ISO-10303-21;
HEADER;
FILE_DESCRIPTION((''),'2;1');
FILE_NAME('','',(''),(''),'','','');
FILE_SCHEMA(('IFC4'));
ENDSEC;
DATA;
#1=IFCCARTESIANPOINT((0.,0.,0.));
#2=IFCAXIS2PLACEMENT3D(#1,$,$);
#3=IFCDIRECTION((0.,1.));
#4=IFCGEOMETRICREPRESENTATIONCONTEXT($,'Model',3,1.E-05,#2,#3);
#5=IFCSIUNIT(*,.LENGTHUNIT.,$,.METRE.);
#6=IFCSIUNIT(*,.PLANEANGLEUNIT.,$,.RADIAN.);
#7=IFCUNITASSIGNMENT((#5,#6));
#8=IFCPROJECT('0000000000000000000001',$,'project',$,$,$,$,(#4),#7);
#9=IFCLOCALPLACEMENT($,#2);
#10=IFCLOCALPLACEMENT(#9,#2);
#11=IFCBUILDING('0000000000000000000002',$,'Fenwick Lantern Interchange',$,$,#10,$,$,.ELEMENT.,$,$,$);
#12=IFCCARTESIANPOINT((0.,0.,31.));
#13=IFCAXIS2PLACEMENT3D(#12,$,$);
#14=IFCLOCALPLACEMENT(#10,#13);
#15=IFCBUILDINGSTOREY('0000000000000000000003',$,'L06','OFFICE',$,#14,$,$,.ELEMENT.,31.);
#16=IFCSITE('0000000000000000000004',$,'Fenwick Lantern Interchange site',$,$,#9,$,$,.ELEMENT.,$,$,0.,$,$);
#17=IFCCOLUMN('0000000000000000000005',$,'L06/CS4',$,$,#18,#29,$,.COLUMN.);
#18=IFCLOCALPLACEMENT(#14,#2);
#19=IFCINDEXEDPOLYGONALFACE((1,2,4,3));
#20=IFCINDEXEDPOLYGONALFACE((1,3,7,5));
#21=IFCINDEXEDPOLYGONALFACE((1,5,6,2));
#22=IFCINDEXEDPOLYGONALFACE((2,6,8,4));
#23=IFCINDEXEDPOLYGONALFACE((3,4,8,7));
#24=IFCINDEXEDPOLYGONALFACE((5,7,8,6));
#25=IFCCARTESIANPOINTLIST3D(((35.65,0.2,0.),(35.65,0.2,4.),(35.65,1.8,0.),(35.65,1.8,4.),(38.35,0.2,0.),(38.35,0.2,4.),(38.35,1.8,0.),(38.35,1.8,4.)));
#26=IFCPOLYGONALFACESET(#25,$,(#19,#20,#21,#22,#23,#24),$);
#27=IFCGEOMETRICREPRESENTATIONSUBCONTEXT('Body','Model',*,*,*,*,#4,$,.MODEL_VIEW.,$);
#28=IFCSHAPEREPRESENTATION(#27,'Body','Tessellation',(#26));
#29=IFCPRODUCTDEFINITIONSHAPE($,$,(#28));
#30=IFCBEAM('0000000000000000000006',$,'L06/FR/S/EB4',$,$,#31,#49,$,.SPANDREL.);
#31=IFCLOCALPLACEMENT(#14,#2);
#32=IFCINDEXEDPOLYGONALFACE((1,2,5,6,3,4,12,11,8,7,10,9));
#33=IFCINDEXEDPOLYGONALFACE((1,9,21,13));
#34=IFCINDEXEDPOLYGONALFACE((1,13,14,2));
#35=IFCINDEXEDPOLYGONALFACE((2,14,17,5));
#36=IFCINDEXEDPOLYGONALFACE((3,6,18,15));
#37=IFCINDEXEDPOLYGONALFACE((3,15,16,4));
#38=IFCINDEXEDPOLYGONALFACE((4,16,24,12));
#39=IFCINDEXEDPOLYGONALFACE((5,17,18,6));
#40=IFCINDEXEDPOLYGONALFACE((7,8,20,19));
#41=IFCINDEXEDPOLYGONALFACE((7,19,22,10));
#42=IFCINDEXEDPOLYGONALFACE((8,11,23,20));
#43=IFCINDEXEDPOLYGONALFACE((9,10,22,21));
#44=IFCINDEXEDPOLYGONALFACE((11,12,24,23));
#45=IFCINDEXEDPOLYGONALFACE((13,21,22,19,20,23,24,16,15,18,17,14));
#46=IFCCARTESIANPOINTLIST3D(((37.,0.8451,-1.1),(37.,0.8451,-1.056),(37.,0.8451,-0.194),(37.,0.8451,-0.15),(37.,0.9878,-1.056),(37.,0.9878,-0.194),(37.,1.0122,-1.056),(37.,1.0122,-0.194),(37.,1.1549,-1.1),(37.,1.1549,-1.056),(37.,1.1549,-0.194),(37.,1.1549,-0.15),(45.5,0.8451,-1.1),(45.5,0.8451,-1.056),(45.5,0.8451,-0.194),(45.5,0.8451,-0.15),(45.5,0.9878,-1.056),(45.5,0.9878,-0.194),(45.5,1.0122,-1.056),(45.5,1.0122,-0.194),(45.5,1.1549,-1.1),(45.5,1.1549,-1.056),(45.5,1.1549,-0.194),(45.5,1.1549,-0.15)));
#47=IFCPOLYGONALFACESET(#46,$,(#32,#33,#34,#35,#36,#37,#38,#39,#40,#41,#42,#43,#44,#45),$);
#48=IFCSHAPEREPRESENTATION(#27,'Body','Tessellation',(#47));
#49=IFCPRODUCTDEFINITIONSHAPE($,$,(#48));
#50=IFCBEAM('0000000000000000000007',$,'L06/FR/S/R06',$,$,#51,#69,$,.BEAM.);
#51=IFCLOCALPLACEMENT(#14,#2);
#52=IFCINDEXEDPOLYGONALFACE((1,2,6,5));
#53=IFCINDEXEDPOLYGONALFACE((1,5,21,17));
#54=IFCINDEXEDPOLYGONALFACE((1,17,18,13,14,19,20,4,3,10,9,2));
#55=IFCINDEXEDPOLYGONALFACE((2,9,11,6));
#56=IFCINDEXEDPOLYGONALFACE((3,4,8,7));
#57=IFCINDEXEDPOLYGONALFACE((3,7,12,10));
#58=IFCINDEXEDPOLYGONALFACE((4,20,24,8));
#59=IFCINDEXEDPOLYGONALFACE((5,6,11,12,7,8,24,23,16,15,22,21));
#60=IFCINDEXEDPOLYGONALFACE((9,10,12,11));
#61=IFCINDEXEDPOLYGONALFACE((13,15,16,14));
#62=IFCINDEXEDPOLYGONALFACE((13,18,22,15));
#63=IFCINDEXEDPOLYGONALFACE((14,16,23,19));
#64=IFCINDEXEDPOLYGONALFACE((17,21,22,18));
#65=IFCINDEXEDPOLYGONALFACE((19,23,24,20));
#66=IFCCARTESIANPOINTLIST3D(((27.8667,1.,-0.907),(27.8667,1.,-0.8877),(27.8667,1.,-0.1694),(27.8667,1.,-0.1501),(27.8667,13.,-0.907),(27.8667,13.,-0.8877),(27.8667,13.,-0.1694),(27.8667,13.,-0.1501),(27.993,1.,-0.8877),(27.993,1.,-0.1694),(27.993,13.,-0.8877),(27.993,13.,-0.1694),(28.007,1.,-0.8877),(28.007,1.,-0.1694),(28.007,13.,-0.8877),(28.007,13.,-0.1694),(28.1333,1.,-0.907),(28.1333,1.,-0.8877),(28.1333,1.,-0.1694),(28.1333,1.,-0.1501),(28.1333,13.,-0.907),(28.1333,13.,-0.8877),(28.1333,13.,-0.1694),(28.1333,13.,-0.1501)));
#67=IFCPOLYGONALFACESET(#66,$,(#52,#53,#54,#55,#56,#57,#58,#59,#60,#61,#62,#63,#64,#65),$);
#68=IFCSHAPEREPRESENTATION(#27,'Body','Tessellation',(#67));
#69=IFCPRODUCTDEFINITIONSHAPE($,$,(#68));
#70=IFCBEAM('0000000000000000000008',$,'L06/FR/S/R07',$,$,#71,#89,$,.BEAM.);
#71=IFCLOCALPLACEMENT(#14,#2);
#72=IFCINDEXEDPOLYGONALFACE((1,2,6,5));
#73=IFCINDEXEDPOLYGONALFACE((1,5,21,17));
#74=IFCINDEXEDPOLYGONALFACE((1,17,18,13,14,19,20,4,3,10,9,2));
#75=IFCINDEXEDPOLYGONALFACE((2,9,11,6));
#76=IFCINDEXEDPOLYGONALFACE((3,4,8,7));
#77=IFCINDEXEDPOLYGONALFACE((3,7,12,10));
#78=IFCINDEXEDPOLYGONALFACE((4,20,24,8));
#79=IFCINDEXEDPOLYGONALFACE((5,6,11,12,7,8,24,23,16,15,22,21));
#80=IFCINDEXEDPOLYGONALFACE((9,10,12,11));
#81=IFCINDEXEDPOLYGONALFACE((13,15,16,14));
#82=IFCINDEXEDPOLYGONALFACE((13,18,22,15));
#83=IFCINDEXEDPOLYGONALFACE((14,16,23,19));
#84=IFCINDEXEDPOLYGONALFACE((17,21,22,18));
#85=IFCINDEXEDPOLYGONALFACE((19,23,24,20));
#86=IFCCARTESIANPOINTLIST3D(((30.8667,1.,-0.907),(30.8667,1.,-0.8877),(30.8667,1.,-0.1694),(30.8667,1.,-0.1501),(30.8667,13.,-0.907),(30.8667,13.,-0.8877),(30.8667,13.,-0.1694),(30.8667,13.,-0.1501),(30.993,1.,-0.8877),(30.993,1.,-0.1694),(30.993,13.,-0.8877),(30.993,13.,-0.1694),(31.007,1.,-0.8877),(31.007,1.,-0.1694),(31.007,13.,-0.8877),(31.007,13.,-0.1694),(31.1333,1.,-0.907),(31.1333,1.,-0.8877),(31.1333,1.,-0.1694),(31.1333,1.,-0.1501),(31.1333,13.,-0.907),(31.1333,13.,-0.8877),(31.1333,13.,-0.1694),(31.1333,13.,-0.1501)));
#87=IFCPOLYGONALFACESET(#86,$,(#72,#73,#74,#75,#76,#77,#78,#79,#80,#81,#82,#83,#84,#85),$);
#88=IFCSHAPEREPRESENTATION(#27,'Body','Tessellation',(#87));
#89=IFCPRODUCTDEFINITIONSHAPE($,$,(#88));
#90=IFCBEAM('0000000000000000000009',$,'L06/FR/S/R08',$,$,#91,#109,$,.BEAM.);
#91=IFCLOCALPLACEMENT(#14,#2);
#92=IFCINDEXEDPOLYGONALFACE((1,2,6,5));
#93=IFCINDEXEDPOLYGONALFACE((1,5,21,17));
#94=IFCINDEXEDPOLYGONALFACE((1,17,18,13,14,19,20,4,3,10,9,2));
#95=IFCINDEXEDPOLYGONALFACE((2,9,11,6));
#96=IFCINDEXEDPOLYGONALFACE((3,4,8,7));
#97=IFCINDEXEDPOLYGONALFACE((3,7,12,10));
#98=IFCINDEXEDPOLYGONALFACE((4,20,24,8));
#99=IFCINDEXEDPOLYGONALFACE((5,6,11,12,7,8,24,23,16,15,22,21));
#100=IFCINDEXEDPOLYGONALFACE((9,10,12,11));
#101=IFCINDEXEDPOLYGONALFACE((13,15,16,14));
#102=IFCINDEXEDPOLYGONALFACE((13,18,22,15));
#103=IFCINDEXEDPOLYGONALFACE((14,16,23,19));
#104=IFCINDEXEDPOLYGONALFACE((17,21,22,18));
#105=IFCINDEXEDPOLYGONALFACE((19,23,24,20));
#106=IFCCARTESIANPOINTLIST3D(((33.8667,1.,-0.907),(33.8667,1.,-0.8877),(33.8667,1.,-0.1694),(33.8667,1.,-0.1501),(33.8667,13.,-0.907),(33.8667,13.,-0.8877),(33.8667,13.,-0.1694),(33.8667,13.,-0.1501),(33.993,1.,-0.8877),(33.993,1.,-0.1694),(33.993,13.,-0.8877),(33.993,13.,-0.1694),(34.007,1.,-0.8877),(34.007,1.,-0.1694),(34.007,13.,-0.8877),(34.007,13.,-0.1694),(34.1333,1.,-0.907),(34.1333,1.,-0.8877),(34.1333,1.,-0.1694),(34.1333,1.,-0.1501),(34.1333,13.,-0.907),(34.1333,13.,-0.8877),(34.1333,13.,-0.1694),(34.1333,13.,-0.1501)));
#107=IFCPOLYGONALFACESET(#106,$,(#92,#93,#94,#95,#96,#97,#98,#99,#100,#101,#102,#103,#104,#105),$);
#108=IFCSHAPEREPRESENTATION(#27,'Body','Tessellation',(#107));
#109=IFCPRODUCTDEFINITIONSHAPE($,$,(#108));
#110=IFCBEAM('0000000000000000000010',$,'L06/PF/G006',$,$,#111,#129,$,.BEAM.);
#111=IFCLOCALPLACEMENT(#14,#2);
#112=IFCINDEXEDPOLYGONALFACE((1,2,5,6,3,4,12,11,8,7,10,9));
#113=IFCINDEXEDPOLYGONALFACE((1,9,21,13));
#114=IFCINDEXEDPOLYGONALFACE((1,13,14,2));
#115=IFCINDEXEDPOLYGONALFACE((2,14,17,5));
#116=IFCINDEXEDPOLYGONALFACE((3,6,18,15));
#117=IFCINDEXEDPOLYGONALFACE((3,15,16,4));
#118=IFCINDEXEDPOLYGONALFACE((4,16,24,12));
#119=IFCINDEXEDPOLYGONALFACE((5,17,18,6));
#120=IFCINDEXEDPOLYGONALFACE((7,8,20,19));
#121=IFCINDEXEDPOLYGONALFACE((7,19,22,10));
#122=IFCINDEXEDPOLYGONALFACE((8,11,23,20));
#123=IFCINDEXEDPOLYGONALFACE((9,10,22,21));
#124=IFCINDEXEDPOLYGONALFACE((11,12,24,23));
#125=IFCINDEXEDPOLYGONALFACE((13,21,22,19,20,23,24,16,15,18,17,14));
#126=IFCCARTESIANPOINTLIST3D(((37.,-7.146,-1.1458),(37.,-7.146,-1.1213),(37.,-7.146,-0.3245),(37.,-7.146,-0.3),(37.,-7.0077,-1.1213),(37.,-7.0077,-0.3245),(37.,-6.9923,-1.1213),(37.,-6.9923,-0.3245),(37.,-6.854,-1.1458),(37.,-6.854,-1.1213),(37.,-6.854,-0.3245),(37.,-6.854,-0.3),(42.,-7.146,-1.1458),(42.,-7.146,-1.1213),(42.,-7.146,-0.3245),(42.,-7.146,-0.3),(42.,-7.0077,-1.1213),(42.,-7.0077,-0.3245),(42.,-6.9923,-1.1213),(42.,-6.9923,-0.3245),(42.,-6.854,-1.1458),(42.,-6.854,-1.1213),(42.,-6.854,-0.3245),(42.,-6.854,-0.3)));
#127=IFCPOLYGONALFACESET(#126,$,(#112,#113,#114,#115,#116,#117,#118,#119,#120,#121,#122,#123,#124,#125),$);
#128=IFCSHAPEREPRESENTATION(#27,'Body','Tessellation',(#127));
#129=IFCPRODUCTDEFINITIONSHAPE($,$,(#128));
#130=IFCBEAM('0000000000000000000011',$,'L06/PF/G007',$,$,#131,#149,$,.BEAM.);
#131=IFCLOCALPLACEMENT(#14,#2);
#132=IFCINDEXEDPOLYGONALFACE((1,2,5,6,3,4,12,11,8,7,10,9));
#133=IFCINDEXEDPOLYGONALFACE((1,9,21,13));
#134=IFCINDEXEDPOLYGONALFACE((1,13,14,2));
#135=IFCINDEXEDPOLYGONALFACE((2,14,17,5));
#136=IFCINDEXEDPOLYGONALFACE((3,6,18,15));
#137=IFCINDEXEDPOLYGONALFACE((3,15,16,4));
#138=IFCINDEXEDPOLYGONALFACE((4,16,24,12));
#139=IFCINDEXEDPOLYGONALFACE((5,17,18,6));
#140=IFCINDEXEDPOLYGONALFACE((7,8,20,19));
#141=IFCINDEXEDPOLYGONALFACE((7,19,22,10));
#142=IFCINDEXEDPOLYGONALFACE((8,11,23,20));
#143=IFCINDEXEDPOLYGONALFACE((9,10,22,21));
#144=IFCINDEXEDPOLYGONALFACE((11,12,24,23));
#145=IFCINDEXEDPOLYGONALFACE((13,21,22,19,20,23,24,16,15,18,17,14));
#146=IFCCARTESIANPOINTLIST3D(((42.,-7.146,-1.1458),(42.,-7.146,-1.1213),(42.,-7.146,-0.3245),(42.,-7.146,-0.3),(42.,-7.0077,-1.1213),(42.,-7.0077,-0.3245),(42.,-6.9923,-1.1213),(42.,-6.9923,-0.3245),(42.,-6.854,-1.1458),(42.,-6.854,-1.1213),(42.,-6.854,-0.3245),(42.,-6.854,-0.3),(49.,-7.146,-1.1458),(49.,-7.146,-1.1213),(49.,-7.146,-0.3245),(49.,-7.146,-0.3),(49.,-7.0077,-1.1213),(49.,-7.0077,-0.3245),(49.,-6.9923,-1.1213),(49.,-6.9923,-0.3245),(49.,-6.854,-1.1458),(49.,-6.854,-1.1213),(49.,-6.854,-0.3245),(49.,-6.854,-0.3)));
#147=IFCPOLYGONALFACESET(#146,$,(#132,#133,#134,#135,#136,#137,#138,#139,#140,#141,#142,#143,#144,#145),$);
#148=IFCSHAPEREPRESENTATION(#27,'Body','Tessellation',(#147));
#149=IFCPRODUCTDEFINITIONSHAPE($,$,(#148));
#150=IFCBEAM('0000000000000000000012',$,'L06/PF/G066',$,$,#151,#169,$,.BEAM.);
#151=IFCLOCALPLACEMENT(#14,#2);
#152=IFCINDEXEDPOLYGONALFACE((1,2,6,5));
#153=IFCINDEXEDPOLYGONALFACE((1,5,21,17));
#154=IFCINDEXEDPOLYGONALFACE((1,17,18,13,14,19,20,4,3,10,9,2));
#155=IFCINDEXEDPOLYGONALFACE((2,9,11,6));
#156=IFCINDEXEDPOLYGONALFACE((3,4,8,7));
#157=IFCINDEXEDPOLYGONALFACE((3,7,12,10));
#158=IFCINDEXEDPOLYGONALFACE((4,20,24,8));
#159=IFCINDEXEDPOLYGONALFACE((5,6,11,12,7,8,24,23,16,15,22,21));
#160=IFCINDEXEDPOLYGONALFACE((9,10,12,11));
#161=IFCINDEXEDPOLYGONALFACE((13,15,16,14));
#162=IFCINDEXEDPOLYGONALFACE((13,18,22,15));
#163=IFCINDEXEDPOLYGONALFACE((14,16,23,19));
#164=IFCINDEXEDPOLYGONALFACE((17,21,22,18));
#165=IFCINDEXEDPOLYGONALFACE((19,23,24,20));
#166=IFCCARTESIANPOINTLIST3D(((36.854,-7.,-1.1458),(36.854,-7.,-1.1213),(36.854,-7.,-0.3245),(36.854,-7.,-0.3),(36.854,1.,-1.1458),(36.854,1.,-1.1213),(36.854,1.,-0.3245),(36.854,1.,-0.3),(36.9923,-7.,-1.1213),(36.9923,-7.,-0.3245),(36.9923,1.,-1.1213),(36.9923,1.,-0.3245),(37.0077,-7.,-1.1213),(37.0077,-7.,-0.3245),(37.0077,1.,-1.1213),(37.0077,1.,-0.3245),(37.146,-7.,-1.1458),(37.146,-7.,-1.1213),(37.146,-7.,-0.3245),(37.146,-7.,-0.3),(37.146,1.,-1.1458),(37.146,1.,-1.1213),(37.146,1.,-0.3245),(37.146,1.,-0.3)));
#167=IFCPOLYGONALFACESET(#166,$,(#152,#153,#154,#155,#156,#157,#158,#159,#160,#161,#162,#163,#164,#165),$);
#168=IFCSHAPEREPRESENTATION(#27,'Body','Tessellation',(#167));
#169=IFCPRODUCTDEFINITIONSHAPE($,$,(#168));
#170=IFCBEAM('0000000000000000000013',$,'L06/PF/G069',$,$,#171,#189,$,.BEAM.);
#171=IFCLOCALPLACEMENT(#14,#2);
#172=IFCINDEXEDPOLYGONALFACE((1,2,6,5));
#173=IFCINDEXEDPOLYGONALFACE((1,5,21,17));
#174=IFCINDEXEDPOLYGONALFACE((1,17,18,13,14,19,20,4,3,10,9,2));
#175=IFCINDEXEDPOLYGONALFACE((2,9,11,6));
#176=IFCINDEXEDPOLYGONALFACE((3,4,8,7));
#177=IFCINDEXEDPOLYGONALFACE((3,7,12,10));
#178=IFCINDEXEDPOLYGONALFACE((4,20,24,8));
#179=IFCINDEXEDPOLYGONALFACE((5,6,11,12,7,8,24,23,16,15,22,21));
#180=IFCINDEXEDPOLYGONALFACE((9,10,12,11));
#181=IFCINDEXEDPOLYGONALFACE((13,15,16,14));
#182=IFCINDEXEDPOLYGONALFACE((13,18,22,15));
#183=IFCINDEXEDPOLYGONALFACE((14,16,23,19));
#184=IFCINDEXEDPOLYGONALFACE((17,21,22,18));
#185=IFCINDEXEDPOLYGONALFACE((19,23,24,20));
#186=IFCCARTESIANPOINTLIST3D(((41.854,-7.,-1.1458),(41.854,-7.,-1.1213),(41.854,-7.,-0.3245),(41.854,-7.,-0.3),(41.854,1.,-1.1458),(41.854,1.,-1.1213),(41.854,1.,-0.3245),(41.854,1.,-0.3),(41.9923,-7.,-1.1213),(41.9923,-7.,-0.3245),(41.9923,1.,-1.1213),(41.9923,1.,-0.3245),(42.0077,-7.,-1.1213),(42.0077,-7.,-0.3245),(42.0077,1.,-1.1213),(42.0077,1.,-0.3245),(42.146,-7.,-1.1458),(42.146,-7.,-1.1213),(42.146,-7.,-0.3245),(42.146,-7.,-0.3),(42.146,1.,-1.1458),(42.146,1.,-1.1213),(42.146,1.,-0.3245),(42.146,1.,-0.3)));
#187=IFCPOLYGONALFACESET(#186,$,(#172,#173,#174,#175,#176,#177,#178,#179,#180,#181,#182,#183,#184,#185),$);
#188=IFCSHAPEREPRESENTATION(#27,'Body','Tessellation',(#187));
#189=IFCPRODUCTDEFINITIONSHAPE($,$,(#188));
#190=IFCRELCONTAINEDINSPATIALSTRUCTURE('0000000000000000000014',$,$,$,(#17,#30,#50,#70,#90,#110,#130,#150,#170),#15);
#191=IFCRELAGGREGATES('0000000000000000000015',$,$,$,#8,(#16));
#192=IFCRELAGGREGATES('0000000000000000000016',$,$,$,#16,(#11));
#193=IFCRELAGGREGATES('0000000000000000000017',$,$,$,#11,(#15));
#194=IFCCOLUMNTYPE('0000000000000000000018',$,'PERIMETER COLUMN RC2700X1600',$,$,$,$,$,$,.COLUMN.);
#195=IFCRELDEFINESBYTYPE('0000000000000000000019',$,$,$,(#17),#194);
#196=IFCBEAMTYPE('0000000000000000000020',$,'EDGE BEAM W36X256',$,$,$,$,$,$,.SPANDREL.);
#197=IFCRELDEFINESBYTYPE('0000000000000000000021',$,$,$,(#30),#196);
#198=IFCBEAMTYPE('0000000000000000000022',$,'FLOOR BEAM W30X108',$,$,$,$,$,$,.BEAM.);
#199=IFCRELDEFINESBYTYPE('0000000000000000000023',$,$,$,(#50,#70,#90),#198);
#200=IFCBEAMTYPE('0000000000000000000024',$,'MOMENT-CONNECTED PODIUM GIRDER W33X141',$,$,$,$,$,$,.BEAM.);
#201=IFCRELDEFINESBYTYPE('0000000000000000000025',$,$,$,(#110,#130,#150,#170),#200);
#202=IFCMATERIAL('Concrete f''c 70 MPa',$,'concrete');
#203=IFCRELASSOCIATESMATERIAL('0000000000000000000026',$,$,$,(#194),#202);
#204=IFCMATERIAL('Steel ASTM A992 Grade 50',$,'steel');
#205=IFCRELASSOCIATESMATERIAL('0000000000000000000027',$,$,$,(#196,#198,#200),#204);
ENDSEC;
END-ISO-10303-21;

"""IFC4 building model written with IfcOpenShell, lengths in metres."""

from ifc_helpers import new_model, si_unit, direction, frame, origin, origin_2d, place, context, subcontext, project, spatial, rectangle, i_section, extrude, material, material_profile, profile_set, type_object, element, save


model = new_model("IFC4")

# Units and contexts
model_context = context("Model", 3, precision=1e-05, world=origin(), true_north=direction((0.0, 1.0)))
body_context = subcontext(model_context, "Body", "Model", "MODEL_VIEW")
ifc_project = project(units=[si_unit("LENGTHUNIT", "METRE"), si_unit("PLANEANGLEUNIT", "RADIAN")], contexts=[model_context])

# Site, building, storey
site_placement = place(None, origin())
site = spatial("IfcSite", under=ifc_project, at=site_placement, Name="Fenwick Lantern Interchange site", CompositionType="ELEMENT", RefElevation=0.0)
building_placement = place(site_placement, origin())
building = spatial("IfcBuilding", under=site, at=building_placement, Name="Fenwick Lantern Interchange", CompositionType="ELEMENT")
storey_placement = place(building_placement, frame((0.0, 0.0, 31.0)))
storey = spatial("IfcBuildingStorey", under=building, at=storey_placement, Name="L06", Description="OFFICE", CompositionType="ELEMENT", Elevation=31.0)

# Column
ifc_material_1 = material(Name="Concrete f'c 70 MPa", Category="concrete")
ifc_material_profile_1 = material_profile(ifc_material_1, rectangle(XDim=2.7, YDim=1.6001, at=origin_2d()), Name="RC2700X1600")
ifc_profile_set_1 = profile_set([ifc_material_profile_1], Name="Concrete f'c 70 MPa")
column_type = type_object("IfcColumnType", Name="PERIMETER COLUMN RC2700X1600", PredefinedType="COLUMN", material=ifc_profile_set_1)
column_placement = place(storey_placement, frame((37.0, 1.0, 0.0), z_axis=(0.0, 0.0, 1.0), x_axis=(1.0, 0.0, 0.0)))
element("IfcColumn", 1, at=column_placement, inside=storey, type_object=column_type, Name="L06/CS4", PredefinedType="COLUMN", context=body_context, shape_type="SweptSolid", body=[
    extrude(rectangle(XDim=2.7, YDim=1.6001, at=origin_2d()), origin(), (0.0, 0.0, 1.0), 4.0),
])

# Beams
ifc_material_2 = material(Name="Steel ASTM A992 Grade 50", Category="steel")
ifc_material_profile_2 = material_profile(ifc_material_2, i_section(OverallWidth=0.3098, OverallDepth=0.95, WebThickness=0.0244, FlangeThickness=0.0439, at=origin_2d()), Name="W36X256")
ifc_profile_set_2 = profile_set([ifc_material_profile_2], Name="Steel ASTM A992 Grade 50")
beam_type_1 = type_object("IfcBeamType", Name="EDGE BEAM W36X256", PredefinedType="SPANDREL", material=ifc_profile_set_2)
beam_1_placement = place(storey_placement, frame((37.0, 1.0, -0.625), z_axis=(1.0, 0.0, 0.0), x_axis=(0.0, 1.0, 0.0)))
element("IfcBeam", 2, at=beam_1_placement, inside=storey, type_object=beam_type_1, Name="L06/FR/S/EB4", PredefinedType="SPANDREL", context=body_context, shape_type="SweptSolid", body=[
    extrude(i_section(OverallWidth=0.3098, OverallDepth=0.95, WebThickness=0.0244, FlangeThickness=0.0439, at=origin_2d()), origin(), (0.0, 0.0, 1.0), 8.5),
])
ifc_material_profile_3 = material_profile(ifc_material_2, i_section(OverallWidth=0.2666, OverallDepth=0.7568, WebThickness=0.0139, FlangeThickness=0.0193, at=origin_2d()), Name="W30X108")
ifc_profile_set_3 = profile_set([ifc_material_profile_3], Name="Steel ASTM A992 Grade 50")
beam_type_2 = type_object("IfcBeamType", Name="FLOOR BEAM W30X108", PredefinedType="BEAM", material=ifc_profile_set_3)
for number, where, z_axis, x_axis, name in (
    (3, (28.0, 1.0, -0.5286), (0.0, 1.0, 0.0), (-1.0, 0.0, 0.0), "L06/FR/S/R06"),
    (4, (31.0, 1.0, -0.5286), (0.0, 1.0, 0.0), (-1.0, 0.0, 0.0), "L06/FR/S/R07"),
    (5, (34.0, 1.0, -0.5286), (0.0, 1.0, 0.0), (-1.0, 0.0, 0.0), "L06/FR/S/R08"),
):
    element("IfcBeam", number, at=place(storey_placement, frame(where, z_axis=z_axis, x_axis=x_axis)), inside=storey, type_object=beam_type_2, Name=name, PredefinedType="BEAM", context=body_context, shape_type="SweptSolid", body=[
        extrude(i_section(OverallWidth=0.2666, OverallDepth=0.7568, WebThickness=0.0139, FlangeThickness=0.0193, at=origin_2d()), origin(), (0.0, 0.0, 1.0), 12.0),
    ])
ifc_material_profile_4 = material_profile(ifc_material_2, i_section(OverallWidth=0.292, OverallDepth=0.8457, WebThickness=0.0154, FlangeThickness=0.0244, at=origin_2d()), Name="W33X141")
ifc_profile_set_4 = profile_set([ifc_material_profile_4], Name="Steel ASTM A992 Grade 50")
beam_type_3 = type_object("IfcBeamType", Name="MOMENT-CONNECTED PODIUM GIRDER W33X141", PredefinedType="BEAM", material=ifc_profile_set_4)
beam_2_placement = place(storey_placement, frame((37.0, -7.0, -0.7229), z_axis=(1.0, 0.0, 0.0), x_axis=(0.0, 1.0, 0.0)))
element("IfcBeam", 6, at=beam_2_placement, inside=storey, type_object=beam_type_3, Name="L06/PF/G006", PredefinedType="BEAM", context=body_context, shape_type="SweptSolid", body=[
    extrude(i_section(OverallWidth=0.292, OverallDepth=0.8457, WebThickness=0.0154, FlangeThickness=0.0244, at=origin_2d()), origin(), (0.0, 0.0, 1.0), 5.0),
])
beam_3_placement = place(storey_placement, frame((42.0, -7.0, -0.7229), z_axis=(1.0, 0.0, 0.0), x_axis=(0.0, 1.0, 0.0)))
element("IfcBeam", 7, at=beam_3_placement, inside=storey, type_object=beam_type_3, Name="L06/PF/G007", PredefinedType="BEAM", context=body_context, shape_type="SweptSolid", body=[
    extrude(i_section(OverallWidth=0.292, OverallDepth=0.8457, WebThickness=0.0154, FlangeThickness=0.0244, at=origin_2d()), origin(), (0.0, 0.0, 1.0), 7.0),
])
for number, where, z_axis, x_axis, name in (
    (8, (37.0, -7.0, -0.7229), (0.0, 1.0, 0.0), (-1.0, 0.0, 0.0), "L06/PF/G066"),
    (9, (42.0, -7.0, -0.7229), (0.0, 1.0, 0.0), (-1.0, 0.0, 0.0), "L06/PF/G069"),
):
    element("IfcBeam", number, at=place(storey_placement, frame(where, z_axis=z_axis, x_axis=x_axis)), inside=storey, type_object=beam_type_3, Name=name, PredefinedType="BEAM", context=body_context, shape_type="SweptSolid", body=[
        extrude(i_section(OverallWidth=0.292, OverallDepth=0.8457, WebThickness=0.0154, FlangeThickness=0.0244, at=origin_2d()), origin(), (0.0, 0.0, 1.0), 8.0),
    ])

save(model, "model.ifc")
